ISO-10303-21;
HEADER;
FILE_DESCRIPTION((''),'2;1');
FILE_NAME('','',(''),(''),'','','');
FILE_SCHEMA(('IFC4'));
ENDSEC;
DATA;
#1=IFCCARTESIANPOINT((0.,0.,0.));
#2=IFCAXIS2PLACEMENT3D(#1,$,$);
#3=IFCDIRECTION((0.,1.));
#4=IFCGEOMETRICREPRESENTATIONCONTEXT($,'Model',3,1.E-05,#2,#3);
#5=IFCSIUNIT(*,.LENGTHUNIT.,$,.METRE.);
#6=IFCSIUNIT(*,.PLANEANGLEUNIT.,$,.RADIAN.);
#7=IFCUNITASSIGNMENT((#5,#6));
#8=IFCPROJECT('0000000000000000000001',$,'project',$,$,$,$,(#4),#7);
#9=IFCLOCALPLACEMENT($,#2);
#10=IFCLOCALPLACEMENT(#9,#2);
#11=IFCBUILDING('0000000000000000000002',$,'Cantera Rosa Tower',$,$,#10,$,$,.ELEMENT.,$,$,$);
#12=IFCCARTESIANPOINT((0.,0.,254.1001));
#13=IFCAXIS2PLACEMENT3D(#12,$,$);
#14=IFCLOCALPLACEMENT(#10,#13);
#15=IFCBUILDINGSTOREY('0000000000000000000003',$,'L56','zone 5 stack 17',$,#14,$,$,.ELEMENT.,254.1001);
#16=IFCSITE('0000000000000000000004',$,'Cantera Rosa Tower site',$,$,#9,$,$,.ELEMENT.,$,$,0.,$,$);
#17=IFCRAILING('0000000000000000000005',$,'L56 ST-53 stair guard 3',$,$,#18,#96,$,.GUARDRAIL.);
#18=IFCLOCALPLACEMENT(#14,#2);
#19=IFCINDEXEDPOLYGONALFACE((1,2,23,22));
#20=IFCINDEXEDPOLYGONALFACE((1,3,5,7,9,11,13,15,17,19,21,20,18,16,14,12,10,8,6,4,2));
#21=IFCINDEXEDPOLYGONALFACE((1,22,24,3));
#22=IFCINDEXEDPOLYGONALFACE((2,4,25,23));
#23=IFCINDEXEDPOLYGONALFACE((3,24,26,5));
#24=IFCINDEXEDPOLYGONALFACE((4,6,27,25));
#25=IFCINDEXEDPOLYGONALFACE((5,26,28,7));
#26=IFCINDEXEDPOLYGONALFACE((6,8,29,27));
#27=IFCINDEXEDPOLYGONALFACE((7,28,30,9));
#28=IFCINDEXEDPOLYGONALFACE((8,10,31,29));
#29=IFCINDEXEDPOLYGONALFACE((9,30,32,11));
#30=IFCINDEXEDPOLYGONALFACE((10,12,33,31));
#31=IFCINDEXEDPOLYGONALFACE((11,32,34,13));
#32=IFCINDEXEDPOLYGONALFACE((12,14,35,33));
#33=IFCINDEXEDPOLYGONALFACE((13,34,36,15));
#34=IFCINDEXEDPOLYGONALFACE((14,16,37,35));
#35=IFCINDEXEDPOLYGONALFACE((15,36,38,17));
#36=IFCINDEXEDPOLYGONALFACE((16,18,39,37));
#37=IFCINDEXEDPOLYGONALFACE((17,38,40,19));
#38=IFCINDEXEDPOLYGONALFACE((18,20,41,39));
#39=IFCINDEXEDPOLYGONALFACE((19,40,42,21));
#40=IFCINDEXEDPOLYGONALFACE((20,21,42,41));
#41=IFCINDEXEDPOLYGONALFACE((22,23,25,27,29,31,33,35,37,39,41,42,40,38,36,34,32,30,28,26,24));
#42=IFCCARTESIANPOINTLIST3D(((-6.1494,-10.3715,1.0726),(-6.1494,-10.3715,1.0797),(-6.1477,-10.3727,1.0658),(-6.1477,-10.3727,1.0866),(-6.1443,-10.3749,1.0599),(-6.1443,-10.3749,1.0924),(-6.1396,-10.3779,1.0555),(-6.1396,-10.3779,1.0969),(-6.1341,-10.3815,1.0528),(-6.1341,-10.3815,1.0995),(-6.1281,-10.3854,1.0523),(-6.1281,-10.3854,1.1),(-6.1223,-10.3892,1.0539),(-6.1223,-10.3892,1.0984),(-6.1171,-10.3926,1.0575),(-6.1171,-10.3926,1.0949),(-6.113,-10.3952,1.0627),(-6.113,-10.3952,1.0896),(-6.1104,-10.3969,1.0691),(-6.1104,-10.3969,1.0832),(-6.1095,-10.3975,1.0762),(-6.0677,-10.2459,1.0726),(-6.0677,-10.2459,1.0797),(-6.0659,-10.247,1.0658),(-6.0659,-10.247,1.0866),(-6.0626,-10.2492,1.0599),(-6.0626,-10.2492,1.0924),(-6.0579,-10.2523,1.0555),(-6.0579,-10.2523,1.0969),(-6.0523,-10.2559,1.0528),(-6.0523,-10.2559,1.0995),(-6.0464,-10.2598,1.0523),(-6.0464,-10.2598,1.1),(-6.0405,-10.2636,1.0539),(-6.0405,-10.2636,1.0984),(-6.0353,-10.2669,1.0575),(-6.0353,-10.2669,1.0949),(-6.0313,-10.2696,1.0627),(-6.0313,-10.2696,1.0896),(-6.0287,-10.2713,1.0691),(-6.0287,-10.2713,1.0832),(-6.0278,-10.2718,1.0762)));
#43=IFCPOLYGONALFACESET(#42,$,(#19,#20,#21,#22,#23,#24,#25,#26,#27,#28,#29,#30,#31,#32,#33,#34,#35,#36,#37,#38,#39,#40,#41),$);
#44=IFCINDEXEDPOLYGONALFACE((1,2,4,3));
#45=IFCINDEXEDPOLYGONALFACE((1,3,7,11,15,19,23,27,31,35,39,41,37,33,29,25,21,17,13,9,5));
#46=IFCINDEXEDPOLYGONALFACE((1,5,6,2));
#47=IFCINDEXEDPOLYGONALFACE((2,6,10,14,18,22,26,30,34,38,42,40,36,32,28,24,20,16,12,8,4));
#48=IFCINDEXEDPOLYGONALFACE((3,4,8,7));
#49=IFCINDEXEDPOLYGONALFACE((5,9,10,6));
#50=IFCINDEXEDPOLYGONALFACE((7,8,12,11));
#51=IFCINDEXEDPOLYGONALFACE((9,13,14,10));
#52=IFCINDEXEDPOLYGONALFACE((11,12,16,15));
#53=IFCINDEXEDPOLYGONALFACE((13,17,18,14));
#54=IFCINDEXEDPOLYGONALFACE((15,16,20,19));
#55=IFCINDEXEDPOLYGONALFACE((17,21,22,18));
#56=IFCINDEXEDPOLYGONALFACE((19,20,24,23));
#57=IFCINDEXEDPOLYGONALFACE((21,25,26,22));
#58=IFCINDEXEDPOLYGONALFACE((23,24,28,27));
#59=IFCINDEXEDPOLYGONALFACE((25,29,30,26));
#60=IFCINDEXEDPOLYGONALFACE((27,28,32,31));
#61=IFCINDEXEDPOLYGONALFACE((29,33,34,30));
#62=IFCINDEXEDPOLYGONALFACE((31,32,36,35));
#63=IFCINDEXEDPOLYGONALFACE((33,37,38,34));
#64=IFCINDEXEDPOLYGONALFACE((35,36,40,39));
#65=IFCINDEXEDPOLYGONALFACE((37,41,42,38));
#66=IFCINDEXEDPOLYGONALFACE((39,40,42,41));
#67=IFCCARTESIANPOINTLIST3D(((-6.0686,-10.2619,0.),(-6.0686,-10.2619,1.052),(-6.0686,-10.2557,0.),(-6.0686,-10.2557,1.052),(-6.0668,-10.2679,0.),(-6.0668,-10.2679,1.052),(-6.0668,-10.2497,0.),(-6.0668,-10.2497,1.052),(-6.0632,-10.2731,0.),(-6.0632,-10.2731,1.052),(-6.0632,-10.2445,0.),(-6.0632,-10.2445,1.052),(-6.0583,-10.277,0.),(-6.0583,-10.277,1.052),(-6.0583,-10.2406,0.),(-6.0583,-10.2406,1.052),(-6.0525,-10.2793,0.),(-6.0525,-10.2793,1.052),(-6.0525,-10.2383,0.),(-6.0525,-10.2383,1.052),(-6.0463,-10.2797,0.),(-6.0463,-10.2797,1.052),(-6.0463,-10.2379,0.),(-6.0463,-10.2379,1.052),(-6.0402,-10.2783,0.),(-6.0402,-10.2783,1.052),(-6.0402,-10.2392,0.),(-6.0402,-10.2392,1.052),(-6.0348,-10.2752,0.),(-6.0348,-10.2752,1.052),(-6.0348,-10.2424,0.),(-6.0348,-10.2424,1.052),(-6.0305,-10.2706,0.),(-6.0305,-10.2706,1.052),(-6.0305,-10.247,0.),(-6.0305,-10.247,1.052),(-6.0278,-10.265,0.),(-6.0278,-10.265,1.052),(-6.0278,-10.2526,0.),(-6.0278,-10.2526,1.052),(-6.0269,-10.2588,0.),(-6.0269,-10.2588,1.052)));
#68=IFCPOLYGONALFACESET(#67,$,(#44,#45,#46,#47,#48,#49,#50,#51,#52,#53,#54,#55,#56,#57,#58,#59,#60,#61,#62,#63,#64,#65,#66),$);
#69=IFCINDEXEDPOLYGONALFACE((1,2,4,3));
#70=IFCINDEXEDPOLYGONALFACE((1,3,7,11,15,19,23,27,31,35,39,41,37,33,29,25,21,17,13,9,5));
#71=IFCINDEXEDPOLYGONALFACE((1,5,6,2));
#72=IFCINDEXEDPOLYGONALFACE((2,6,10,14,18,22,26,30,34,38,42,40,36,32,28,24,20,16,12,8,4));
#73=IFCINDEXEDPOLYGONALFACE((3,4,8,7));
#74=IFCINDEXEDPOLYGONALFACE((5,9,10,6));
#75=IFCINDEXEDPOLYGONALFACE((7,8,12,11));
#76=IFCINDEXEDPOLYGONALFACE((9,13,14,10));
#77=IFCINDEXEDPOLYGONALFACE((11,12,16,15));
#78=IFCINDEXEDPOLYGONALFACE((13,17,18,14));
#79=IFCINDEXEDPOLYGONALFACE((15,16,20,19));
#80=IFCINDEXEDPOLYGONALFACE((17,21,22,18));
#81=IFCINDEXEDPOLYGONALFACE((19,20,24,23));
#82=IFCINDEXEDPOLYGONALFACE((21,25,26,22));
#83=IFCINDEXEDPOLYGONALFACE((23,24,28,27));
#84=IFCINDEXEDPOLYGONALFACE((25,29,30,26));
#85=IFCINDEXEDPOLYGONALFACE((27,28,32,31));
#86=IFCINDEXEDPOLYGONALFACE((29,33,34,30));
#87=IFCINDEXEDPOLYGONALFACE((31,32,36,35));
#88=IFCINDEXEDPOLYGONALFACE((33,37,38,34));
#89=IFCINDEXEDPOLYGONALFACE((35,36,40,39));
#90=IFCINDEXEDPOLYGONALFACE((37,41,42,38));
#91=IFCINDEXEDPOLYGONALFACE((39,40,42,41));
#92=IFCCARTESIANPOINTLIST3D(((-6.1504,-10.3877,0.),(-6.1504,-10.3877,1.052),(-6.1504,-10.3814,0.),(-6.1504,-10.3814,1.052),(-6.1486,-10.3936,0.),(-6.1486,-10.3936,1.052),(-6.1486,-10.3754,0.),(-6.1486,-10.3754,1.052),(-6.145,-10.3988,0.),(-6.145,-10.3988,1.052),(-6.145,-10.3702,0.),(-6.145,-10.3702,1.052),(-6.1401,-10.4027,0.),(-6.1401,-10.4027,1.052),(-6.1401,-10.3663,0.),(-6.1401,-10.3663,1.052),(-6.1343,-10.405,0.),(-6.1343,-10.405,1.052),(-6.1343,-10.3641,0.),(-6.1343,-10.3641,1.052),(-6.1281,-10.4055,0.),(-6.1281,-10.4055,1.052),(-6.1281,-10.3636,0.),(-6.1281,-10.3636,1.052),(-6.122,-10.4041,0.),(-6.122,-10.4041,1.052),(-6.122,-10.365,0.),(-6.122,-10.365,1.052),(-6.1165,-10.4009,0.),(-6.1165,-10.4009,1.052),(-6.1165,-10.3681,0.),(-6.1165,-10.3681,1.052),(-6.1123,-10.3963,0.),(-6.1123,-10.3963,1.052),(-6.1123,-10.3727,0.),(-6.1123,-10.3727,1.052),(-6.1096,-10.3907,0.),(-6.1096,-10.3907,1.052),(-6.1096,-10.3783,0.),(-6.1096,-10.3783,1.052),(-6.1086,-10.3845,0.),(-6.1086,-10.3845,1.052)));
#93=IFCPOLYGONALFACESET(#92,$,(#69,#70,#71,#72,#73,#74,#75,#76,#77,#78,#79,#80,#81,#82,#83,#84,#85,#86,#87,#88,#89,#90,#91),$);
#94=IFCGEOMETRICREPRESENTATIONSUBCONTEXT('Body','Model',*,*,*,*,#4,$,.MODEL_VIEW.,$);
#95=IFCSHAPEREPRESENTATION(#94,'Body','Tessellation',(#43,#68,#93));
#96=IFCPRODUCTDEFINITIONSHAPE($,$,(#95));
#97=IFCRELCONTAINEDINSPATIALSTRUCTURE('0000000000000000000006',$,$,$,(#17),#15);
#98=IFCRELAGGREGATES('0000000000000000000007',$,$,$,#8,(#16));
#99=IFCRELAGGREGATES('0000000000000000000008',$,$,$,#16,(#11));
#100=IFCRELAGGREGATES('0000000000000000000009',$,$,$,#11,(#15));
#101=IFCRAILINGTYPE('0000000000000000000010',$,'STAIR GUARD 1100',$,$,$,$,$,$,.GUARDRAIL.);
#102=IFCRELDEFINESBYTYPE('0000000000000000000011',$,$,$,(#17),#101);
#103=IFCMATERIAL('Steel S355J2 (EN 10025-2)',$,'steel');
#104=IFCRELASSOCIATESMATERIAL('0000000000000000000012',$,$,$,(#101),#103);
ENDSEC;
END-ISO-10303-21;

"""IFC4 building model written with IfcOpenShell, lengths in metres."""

from ifc_helpers import new_model, si_unit, direction, frame, origin, origin_2d, place, context, subcontext, project, spatial, circle, extrude, material, type_object, element, save


model = new_model("IFC4")

# Units and contexts
model_context = context("Model", 3, precision=1e-05, world=origin(), true_north=direction((0.0, 1.0)))
body_context = subcontext(model_context, "Body", "Model", "MODEL_VIEW")
ifc_project = project(units=[si_unit("LENGTHUNIT", "METRE"), si_unit("PLANEANGLEUNIT", "RADIAN")], contexts=[model_context])

# Site, building, storey
site_placement = place(None, origin())
site = spatial("IfcSite", under=ifc_project, at=site_placement, Name="Cantera Rosa Tower site", CompositionType="ELEMENT", RefElevation=0.0)
building_placement = place(site_placement, origin())
building = spatial("IfcBuilding", under=site, at=building_placement, Name="Cantera Rosa Tower", CompositionType="ELEMENT")
storey_placement = place(building_placement, frame((0.0, 0.0, 254.1001)))
storey = spatial("IfcBuildingStorey", under=building, at=storey_placement, Name="L56", Description="zone 5 stack 17", CompositionType="ELEMENT", Elevation=254.1001)

# Railing
ifc_material_1 = material(Name="Steel S355J2 (EN 10025-2)", Category="steel")
railing_type_1 = type_object("IfcRailingType", Name="STAIR GUARD 1100", PredefinedType="GUARDRAIL", material=ifc_material_1)
railing_1_placement = place(storey_placement, frame((-6.0479, -10.2588, 0.0)))
element("IfcRailing", 1, at=railing_1_placement, inside=storey, type_object=railing_type_1, Name="L56 ST-53 stair guard 3", PredefinedType="GUARDRAIL", context=body_context, shape_type="SweptSolid", body=[
    extrude(circle(Radius=0.0239, at=origin_2d()), frame((0.0, 0.0, 1.0762), z_axis=(-0.545274, -0.838258, 0.0), x_axis=(0.838258, -0.545274, 0.0)), (0.0, 0.0, 1.0), 0.1499),
    extrude(circle(Radius=0.021, at=origin_2d()), origin(), (0.0, 0.0, 1.0), 1.052),
    extrude(circle(Radius=0.021, at=origin_2d()), frame((-0.0818, -0.1257, 0.0)), (0.0, 0.0, 1.0), 1.052),
])

save(model, "model.ifc")
